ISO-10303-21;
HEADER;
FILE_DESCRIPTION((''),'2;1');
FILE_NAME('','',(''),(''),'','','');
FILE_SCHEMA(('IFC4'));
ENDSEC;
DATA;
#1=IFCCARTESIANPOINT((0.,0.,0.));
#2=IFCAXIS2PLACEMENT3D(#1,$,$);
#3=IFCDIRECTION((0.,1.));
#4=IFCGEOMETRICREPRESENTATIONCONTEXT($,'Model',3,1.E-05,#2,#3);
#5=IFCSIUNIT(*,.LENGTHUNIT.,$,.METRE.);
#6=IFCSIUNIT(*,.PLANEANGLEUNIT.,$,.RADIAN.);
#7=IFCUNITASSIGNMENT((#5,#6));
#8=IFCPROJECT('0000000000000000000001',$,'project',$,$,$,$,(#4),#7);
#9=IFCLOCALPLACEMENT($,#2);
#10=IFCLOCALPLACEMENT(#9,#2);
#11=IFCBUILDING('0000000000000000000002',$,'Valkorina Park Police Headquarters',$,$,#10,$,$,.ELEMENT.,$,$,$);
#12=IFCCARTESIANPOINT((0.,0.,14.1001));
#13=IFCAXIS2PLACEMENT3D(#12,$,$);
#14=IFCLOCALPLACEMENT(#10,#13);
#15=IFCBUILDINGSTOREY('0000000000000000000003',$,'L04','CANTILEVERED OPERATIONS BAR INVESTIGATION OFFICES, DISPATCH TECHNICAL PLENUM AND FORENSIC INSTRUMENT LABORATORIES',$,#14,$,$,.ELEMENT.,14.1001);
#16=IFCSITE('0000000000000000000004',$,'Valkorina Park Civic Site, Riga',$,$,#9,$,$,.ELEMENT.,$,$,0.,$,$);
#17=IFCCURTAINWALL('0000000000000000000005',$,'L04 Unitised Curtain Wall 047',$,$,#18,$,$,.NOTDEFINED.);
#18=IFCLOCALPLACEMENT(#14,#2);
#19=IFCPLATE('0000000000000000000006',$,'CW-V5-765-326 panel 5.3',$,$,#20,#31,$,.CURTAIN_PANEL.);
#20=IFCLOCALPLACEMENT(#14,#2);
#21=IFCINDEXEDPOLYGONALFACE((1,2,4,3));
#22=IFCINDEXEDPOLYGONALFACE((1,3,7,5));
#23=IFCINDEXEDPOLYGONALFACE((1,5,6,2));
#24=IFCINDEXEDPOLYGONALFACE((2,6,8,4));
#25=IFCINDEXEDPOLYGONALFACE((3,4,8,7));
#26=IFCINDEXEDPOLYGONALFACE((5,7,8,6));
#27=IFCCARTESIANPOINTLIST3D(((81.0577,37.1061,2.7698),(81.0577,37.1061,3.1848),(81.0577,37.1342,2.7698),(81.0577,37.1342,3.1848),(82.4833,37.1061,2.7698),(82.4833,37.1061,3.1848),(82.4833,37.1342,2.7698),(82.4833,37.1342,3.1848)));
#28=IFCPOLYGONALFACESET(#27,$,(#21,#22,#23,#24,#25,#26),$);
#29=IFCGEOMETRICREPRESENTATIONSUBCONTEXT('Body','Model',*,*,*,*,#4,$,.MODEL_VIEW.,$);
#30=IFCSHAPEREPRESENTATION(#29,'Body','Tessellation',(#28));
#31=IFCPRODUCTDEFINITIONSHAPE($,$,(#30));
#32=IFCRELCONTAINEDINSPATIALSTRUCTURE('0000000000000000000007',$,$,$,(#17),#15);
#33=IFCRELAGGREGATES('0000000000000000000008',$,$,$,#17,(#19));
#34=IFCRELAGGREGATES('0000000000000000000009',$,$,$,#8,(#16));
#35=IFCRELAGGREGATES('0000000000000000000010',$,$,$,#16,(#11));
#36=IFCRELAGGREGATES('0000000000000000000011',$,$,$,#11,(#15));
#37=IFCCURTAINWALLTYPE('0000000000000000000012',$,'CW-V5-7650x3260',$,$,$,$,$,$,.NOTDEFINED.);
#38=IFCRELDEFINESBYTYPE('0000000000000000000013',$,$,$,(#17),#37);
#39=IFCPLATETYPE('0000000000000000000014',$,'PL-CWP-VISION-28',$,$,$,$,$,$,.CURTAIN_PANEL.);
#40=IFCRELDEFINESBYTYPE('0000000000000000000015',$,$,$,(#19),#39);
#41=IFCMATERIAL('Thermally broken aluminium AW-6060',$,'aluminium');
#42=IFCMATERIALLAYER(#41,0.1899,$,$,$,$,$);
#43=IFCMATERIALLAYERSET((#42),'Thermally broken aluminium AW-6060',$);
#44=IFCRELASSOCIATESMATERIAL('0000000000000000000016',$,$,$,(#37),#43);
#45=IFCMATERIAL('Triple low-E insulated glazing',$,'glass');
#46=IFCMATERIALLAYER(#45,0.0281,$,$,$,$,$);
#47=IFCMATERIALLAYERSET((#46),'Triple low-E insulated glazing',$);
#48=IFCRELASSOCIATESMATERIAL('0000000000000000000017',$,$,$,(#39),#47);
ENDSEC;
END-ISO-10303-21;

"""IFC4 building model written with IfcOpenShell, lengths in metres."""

from ifc_helpers import new_model, si_unit, direction, frame, origin, origin_2d, place, context, subcontext, project, spatial, rectangle, extrude, material, layer, layer_set, type_object, element, aggregate, save


model = new_model("IFC4")

# Units and contexts
model_context = context("Model", 3, precision=1e-05, world=origin(), true_north=direction((0.0, 1.0)))
body_context = subcontext(model_context, "Body", "Model", "MODEL_VIEW")
ifc_project = project(units=[si_unit("LENGTHUNIT", "METRE"), si_unit("PLANEANGLEUNIT", "RADIAN")], contexts=[model_context])

# Site, building, storey
site_placement = place(None, origin())
site = spatial("IfcSite", under=ifc_project, at=site_placement, Name="Valkorina Park Civic Site, Riga", CompositionType="ELEMENT", RefElevation=0.0)
building_placement = place(site_placement, origin())
building = spatial("IfcBuilding", under=site, at=building_placement, Name="Valkorina Park Police Headquarters", CompositionType="ELEMENT")
storey_placement = place(building_placement, frame((0.0, 0.0, 14.1001)))
storey = spatial("IfcBuildingStorey", under=building, at=storey_placement, Name="L04", Description="CANTILEVERED OPERATIONS BAR INVESTIGATION OFFICES, DISPATCH TECHNICAL PLENUM AND FORENSIC INSTRUMENT LABORATORIES", CompositionType="ELEMENT", Elevation=14.1001)

# Curtain wall, plate
ifc_material_1 = material(Name="Thermally broken aluminium AW-6060", Category="aluminium")
ifc_layer_1 = layer(ifc_material_1, 0.1899)
ifc_layer_set_1 = layer_set([ifc_layer_1], Name="Thermally broken aluminium AW-6060")
curtain_wall_type = type_object("IfcCurtainWallType", Name="CW-V5-7650x3260", PredefinedType="NOTDEFINED", material=ifc_layer_set_1)
curtain_wall_placement = place(storey_placement, origin())
curtain_wall = element("IfcCurtainWall", 1, at=curtain_wall_placement, inside=storey, type_object=curtain_wall_type, Name="L04 Unitised Curtain Wall 047", PredefinedType="NOTDEFINED")
ifc_material_2 = material(Name="Triple low-E insulated glazing", Category="glass")
ifc_layer_2 = layer(ifc_material_2, 0.0281)
ifc_layer_set_2 = layer_set([ifc_layer_2], Name="Triple low-E insulated glazing")
plate_type_1 = type_object("IfcPlateType", Name="PL-CWP-VISION-28", PredefinedType="CURTAIN_PANEL", material=ifc_layer_set_2)
plate_1_placement = place(storey_placement, frame((81.7705, 37.1201, 2.7698), z_axis=(0.0, 0.0, 1.0), x_axis=(-1.0, 0.0, 0.0)))
plate_1 = element("IfcPlate", 2, at=plate_1_placement, type_object=plate_type_1, Name="CW-V5-765-326 panel 5.3", PredefinedType="CURTAIN_PANEL", context=body_context, shape_type="SweptSolid", body=[
    extrude(rectangle(XDim=1.4255, YDim=0.0281, at=origin_2d()), origin(), (0.0, 0.0, 1.0), 0.415),
])
aggregate(curtain_wall, [plate_1])

save(model, "model.ifc")
